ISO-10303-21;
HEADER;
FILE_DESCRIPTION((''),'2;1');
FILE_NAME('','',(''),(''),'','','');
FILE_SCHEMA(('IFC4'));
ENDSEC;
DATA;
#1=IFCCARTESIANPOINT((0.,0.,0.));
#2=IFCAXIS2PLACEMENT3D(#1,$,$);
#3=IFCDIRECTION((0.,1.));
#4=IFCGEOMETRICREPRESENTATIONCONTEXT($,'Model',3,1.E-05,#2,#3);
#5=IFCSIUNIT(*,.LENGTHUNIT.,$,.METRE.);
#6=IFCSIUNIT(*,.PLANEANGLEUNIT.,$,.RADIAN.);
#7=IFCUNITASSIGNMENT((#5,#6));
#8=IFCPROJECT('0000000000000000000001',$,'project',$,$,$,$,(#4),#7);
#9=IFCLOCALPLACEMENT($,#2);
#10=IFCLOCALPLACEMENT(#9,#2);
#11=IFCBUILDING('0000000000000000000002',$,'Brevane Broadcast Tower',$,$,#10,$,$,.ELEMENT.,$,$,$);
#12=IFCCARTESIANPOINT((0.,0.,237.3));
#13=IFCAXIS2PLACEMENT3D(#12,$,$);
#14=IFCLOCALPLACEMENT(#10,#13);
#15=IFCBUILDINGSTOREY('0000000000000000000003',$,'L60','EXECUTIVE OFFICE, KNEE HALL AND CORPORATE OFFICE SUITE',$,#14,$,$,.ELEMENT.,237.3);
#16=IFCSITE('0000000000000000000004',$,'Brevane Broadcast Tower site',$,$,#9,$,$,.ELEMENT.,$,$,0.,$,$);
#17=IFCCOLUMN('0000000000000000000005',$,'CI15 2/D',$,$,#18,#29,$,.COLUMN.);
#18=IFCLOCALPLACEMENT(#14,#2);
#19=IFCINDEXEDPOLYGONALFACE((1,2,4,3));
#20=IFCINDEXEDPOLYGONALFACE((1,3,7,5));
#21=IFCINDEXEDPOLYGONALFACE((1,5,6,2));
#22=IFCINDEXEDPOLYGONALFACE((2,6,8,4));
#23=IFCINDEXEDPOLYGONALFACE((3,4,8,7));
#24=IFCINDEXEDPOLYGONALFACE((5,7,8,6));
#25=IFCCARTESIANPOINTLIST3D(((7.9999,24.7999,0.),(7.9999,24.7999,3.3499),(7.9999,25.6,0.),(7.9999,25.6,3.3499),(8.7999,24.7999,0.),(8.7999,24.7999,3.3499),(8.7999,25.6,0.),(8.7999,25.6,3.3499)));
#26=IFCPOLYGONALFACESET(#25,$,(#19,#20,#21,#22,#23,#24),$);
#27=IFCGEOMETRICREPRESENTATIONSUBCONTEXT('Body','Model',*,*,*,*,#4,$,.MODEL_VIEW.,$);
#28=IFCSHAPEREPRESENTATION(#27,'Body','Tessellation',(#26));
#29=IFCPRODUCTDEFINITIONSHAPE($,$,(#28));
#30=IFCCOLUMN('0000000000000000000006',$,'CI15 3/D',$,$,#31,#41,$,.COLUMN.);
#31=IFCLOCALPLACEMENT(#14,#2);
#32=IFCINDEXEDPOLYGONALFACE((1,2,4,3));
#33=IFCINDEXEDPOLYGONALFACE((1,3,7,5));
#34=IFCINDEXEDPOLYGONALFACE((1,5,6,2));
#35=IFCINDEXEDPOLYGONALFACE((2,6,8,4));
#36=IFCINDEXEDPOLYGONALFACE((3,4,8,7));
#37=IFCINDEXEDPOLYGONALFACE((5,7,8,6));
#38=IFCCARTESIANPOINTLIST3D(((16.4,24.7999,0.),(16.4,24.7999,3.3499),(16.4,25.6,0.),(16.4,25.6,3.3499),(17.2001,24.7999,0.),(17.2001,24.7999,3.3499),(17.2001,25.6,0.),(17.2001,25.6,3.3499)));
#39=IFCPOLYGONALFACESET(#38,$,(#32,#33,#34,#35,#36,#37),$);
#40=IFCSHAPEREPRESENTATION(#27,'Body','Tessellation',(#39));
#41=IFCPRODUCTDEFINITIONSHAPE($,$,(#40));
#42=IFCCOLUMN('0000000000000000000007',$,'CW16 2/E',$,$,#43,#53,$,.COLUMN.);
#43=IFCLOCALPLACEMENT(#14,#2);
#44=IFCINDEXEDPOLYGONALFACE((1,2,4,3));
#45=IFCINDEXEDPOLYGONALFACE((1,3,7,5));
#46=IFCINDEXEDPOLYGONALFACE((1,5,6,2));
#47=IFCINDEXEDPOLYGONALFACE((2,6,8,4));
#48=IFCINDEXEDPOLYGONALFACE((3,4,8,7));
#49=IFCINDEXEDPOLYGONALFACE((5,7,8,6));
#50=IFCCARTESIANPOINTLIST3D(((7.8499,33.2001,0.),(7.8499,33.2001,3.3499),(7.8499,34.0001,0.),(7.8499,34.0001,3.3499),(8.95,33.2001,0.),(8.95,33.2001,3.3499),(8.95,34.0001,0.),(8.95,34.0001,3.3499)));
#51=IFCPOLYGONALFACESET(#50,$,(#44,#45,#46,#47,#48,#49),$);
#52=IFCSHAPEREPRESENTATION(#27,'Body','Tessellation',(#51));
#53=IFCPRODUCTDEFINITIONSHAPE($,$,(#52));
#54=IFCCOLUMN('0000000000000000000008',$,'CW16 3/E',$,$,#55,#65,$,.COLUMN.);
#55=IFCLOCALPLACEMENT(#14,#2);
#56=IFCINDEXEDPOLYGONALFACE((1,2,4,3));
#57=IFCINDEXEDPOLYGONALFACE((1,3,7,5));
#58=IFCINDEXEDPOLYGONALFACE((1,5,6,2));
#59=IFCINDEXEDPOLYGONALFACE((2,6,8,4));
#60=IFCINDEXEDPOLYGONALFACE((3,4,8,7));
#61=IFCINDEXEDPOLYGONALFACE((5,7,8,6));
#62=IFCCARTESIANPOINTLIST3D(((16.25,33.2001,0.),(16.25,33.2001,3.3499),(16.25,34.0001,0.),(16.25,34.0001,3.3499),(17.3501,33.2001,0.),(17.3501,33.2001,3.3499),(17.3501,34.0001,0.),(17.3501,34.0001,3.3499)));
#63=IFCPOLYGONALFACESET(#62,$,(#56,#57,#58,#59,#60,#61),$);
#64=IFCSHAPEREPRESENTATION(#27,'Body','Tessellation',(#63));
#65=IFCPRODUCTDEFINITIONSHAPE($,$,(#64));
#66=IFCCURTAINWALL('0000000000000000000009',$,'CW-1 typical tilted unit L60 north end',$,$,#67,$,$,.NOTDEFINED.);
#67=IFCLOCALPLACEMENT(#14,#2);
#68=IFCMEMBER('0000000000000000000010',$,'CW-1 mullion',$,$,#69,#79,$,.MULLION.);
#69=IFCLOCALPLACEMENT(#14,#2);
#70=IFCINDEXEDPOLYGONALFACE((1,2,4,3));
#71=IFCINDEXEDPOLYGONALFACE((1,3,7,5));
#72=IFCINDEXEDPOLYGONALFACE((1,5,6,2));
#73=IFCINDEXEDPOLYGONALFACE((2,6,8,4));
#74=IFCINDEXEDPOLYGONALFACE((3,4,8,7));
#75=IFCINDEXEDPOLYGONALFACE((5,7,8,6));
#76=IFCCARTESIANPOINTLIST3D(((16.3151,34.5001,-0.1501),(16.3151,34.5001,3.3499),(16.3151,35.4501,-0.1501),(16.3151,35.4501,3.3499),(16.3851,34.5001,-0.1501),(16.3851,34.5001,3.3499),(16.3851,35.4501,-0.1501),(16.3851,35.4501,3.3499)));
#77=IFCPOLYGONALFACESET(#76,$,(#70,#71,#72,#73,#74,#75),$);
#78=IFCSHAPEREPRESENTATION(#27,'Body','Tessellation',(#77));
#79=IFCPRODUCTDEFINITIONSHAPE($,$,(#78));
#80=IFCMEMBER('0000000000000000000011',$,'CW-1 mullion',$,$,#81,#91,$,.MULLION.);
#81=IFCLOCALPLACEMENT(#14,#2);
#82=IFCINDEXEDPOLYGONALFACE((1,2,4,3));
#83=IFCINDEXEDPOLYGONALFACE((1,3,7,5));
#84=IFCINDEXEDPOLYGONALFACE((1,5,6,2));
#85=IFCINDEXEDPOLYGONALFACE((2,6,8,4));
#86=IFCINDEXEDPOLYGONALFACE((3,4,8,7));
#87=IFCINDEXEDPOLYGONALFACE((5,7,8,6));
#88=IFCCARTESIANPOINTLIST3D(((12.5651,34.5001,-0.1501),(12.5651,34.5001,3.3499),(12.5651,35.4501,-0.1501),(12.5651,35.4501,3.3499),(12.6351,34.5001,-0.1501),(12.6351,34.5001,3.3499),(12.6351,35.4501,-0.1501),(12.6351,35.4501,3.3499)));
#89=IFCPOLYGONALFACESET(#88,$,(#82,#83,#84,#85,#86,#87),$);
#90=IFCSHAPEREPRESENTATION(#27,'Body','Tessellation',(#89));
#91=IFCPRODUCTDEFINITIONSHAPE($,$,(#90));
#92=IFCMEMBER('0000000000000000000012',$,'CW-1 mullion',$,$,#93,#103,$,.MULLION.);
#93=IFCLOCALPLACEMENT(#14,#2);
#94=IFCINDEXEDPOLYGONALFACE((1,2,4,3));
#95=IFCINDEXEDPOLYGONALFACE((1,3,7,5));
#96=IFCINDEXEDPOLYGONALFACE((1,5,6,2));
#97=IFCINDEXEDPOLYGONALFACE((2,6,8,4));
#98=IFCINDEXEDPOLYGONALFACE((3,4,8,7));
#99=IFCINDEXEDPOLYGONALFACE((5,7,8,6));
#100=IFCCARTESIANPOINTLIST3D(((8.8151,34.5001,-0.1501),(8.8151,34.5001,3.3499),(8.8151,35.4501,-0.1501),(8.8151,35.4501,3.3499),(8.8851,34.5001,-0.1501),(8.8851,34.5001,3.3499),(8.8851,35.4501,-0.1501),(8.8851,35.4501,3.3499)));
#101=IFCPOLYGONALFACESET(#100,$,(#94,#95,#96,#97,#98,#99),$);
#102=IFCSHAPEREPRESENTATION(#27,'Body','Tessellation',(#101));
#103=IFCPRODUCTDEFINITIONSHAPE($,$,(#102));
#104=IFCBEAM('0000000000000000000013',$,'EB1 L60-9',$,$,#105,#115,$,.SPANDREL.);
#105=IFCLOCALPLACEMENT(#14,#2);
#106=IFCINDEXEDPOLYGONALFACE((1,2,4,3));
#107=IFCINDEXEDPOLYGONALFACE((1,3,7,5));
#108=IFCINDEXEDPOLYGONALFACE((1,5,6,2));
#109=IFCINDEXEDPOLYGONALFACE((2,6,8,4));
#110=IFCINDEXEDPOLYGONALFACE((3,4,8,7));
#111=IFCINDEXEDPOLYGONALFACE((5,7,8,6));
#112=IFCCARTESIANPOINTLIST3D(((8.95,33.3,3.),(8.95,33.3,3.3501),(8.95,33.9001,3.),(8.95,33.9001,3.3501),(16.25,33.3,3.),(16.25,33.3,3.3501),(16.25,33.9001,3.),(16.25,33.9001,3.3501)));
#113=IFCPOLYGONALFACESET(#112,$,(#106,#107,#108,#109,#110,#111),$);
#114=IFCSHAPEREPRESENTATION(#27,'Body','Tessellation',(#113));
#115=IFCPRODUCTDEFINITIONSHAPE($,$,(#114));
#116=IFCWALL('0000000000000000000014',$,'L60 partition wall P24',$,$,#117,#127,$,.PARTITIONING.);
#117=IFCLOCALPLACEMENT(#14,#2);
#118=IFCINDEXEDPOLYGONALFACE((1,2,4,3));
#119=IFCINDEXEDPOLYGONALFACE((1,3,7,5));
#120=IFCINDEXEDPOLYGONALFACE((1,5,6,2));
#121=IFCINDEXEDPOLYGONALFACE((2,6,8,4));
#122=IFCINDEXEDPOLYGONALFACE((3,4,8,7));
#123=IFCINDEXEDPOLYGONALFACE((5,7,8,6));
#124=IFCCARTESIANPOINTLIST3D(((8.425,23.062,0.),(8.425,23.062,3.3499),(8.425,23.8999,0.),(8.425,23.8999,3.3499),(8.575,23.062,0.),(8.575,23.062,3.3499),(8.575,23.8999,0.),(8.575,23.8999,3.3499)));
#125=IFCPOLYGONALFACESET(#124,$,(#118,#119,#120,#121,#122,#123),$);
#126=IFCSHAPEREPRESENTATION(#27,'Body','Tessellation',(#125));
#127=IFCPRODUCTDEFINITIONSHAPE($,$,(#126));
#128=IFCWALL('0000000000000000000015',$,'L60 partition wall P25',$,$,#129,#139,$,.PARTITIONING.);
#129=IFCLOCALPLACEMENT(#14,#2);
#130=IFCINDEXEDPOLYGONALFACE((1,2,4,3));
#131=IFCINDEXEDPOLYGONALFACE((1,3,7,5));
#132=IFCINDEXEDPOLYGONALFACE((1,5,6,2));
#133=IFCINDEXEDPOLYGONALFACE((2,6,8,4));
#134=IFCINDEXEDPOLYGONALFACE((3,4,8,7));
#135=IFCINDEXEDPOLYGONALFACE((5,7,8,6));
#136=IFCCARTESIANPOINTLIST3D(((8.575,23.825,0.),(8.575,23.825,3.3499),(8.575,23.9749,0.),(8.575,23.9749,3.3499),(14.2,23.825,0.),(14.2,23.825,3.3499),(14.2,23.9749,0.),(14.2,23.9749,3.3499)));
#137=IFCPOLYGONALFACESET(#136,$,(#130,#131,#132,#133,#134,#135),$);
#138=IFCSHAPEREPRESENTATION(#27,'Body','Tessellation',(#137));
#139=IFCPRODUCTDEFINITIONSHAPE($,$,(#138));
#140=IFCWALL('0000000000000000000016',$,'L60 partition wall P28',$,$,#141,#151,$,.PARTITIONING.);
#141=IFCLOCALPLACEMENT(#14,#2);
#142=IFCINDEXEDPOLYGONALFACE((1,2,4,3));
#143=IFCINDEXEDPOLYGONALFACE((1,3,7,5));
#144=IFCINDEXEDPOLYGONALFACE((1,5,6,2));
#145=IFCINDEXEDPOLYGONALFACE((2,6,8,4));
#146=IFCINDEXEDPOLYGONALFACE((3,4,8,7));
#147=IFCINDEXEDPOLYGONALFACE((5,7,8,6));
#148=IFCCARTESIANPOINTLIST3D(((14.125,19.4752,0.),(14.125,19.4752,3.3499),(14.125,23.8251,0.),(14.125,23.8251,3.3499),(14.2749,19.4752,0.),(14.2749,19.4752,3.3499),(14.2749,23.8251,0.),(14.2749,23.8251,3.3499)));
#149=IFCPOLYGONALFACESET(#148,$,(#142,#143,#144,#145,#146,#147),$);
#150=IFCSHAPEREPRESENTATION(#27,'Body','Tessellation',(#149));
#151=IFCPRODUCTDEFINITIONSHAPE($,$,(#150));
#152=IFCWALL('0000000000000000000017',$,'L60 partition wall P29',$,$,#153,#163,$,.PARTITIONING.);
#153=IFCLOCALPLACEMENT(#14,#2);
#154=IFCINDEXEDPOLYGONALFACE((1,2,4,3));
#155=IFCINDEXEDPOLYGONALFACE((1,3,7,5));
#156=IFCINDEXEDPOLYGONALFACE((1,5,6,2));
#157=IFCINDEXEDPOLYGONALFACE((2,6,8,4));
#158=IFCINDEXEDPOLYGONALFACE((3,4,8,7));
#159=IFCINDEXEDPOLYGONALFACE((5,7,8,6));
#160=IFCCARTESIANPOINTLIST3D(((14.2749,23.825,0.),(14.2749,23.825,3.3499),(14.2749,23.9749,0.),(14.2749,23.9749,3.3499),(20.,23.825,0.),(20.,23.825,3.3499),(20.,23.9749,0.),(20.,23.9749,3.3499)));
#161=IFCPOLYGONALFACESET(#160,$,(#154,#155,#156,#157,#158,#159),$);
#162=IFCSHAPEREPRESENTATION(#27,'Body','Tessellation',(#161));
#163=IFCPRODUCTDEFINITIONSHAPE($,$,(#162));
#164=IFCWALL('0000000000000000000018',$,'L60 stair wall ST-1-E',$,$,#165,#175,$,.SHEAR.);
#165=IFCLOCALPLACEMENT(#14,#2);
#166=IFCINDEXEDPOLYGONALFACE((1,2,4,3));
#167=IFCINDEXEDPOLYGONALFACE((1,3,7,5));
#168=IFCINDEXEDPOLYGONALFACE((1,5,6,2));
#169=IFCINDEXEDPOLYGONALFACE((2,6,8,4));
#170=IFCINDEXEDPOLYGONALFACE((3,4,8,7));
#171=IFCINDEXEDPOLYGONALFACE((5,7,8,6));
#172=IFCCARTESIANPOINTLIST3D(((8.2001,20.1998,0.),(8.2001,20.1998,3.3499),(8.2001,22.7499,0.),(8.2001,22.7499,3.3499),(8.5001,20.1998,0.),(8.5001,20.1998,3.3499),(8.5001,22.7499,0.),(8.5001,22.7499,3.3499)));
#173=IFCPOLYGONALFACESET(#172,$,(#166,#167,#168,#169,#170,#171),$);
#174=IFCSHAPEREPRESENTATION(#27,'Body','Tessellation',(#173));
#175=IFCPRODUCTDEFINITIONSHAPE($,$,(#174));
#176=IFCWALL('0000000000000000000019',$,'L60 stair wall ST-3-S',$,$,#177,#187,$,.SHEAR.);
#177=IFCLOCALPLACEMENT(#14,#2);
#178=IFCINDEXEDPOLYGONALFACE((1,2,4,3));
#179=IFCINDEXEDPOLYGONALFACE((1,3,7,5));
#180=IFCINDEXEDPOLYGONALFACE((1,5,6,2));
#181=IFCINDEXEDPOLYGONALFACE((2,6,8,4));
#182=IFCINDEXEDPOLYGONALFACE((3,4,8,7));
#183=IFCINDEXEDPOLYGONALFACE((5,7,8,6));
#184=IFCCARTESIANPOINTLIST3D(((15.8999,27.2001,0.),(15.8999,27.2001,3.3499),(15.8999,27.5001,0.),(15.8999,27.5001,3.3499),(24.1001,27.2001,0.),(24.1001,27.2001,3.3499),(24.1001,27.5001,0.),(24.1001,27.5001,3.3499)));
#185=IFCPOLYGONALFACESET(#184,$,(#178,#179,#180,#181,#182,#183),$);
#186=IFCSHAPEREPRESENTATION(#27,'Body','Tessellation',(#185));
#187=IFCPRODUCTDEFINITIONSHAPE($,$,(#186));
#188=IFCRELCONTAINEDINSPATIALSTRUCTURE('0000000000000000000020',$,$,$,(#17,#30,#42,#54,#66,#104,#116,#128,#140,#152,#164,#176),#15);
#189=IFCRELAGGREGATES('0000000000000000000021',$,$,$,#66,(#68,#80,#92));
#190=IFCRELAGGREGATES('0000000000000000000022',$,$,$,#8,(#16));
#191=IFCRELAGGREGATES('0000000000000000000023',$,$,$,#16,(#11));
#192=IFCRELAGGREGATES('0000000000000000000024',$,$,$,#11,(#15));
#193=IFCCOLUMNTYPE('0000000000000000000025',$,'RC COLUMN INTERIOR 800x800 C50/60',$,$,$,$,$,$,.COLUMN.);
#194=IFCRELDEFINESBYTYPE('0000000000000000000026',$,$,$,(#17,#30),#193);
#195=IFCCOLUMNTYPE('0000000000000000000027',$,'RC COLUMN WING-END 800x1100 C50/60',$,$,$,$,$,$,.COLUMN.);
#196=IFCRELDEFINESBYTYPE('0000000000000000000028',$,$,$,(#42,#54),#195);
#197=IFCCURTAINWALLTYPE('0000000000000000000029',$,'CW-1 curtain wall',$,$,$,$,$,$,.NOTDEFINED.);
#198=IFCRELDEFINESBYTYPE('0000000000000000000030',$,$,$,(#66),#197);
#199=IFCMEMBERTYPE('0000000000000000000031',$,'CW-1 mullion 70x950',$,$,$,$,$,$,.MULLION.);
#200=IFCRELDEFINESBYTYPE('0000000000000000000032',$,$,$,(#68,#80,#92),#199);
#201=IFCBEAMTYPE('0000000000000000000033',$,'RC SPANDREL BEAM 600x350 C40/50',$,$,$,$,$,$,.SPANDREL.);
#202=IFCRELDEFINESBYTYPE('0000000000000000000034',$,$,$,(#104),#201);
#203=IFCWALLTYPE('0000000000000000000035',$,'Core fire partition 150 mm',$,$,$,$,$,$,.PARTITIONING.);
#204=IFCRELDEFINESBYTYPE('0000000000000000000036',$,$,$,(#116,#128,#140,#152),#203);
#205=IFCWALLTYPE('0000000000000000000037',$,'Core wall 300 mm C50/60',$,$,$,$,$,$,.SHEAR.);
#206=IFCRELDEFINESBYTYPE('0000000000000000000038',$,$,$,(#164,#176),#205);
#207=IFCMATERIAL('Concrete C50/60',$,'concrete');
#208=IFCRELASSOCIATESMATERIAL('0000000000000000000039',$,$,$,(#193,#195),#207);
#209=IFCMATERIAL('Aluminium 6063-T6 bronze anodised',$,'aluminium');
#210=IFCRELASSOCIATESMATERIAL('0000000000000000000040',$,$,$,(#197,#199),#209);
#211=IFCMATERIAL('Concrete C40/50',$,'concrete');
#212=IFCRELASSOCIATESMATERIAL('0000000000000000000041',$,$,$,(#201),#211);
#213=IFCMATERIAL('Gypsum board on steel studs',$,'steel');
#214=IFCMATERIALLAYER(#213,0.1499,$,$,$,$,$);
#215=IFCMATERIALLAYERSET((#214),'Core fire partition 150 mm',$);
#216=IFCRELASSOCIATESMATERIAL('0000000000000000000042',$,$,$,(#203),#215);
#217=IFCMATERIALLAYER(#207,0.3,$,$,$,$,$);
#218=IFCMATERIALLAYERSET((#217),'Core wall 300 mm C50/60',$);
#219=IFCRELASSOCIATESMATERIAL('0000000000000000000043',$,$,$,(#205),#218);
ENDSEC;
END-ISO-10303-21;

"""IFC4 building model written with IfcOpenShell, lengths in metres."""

from ifc_helpers import new_model, si_unit, direction, frame, frame_2d, origin, origin_2d, place, context, subcontext, project, spatial, rectangle, extrude, material, layer, layer_set, material_profile, profile_set, type_object, element, aggregate, save


model = new_model("IFC4")

# Units and contexts
model_context = context("Model", 3, precision=1e-05, world=origin(), true_north=direction((0.0, 1.0)))
body_context = subcontext(model_context, "Body", "Model", "MODEL_VIEW")
ifc_project = project(units=[si_unit("LENGTHUNIT", "METRE"), si_unit("PLANEANGLEUNIT", "RADIAN")], contexts=[model_context])

# Site, building, storey
site_placement = place(None, origin())
site = spatial("IfcSite", under=ifc_project, at=site_placement, Name="Brevane Broadcast Tower site", CompositionType="ELEMENT", RefElevation=0.0)
building_placement = place(site_placement, origin())
building = spatial("IfcBuilding", under=site, at=building_placement, Name="Brevane Broadcast Tower", CompositionType="ELEMENT")
storey_placement = place(building_placement, frame((0.0, 0.0, 237.3)))
storey = spatial("IfcBuildingStorey", under=building, at=storey_placement, Name="L60", Description="EXECUTIVE OFFICE, KNEE HALL AND CORPORATE OFFICE SUITE", CompositionType="ELEMENT", Elevation=237.3)

# Columns
ifc_material_1 = material(Name="Concrete C50/60", Category="concrete")
ifc_material_profile_1 = material_profile(ifc_material_1, rectangle(XDim=0.8, YDim=0.8, at=origin_2d()), Name="RC 800x800")
ifc_profile_set_1 = profile_set([ifc_material_profile_1], Name="Concrete C50/60")
column_type_1 = type_object("IfcColumnType", Name="RC COLUMN INTERIOR 800x800 C50/60", PredefinedType="COLUMN", material=ifc_profile_set_1)
for number, where, z_axis, x_axis, name in (
    (1, (8.3999, 25.2, 0.0), (0.0, 0.0, 1.0), (1.0, 0.0, 0.0), "CI15 2/D"),
    (2, (16.8, 25.2, 0.0), (0.0, 0.0, 1.0), (1.0, 0.0, 0.0), "CI15 3/D"),
):
    element("IfcColumn", number, at=place(storey_placement, frame(where, z_axis=z_axis, x_axis=x_axis)), inside=storey, type_object=column_type_1, Name=name, PredefinedType="COLUMN", context=body_context, shape_type="SweptSolid", body=[
        extrude(rectangle(XDim=0.8, YDim=0.8, at=origin_2d()), origin(), (0.0, 0.0, 1.0), 3.3499),
    ])
ifc_material_profile_2 = material_profile(ifc_material_1, rectangle(XDim=0.8, YDim=1.1001, at=origin_2d()), Name="RC 800x1100")
ifc_profile_set_2 = profile_set([ifc_material_profile_2], Name="Concrete C50/60")
column_type_2 = type_object("IfcColumnType", Name="RC COLUMN WING-END 800x1100 C50/60", PredefinedType="COLUMN", material=ifc_profile_set_2)
for number, where, z_axis, x_axis, name in (
    (3, (8.3999, 33.6001, 0.0), (0.0, 0.0, 1.0), (0.0, 1.0, 0.0), "CW16 2/E"),
    (4, (16.8, 33.6001, 0.0), (0.0, 0.0, 1.0), (0.0, 1.0, 0.0), "CW16 3/E"),
):
    element("IfcColumn", number, at=place(storey_placement, frame(where, z_axis=z_axis, x_axis=x_axis)), inside=storey, type_object=column_type_2, Name=name, PredefinedType="COLUMN", context=body_context, shape_type="SweptSolid", body=[
        extrude(rectangle(XDim=0.8, YDim=1.1001, at=origin_2d()), origin(), (0.0, 0.0, 1.0), 3.3499),
    ])

# Curtain wall, members
ifc_material_2 = material(Name="Aluminium 6063-T6 bronze anodised", Category="aluminium")
curtain_wall_type = type_object("IfcCurtainWallType", Name="CW-1 curtain wall", PredefinedType="NOTDEFINED", material=ifc_material_2)
curtain_wall_placement = place(storey_placement, origin())
curtain_wall = element("IfcCurtainWall", 5, at=curtain_wall_placement, inside=storey, type_object=curtain_wall_type, Name="CW-1 typical tilted unit L60 north end", PredefinedType="NOTDEFINED")
ifc_material_profile_3 = material_profile(ifc_material_2, rectangle(XDim=0.95, YDim=0.0701, at=origin_2d()), Name="RECT 70x950")
ifc_profile_set_3 = profile_set([ifc_material_profile_3], Name="Aluminium 6063-T6 bronze anodised")
member_type = type_object("IfcMemberType", Name="CW-1 mullion 70x950", PredefinedType="MULLION", material=ifc_profile_set_3)
member_1_placement = place(storey_placement, frame((16.3501, 34.9751, -0.1501), z_axis=(0.0, 0.0, 1.0), x_axis=(0.0, -1.0, 0.0)))
member_1 = element("IfcMember", 6, at=member_1_placement, type_object=member_type, Name="CW-1 mullion", PredefinedType="MULLION", context=body_context, shape_type="SweptSolid", body=[
    extrude(rectangle(XDim=0.95, YDim=0.0701, at=origin_2d()), origin(), (0.0, 0.0, 1.0), 3.5),
])
member_2_placement = place(storey_placement, frame((12.6001, 34.9751, -0.1501), z_axis=(0.0, 0.0, 1.0), x_axis=(0.0, -1.0, 0.0)))
member_2 = element("IfcMember", 7, at=member_2_placement, type_object=member_type, Name="CW-1 mullion", PredefinedType="MULLION", context=body_context, shape_type="SweptSolid", body=[
    extrude(rectangle(XDim=0.95, YDim=0.0701, at=origin_2d()), origin(), (0.0, 0.0, 1.0), 3.5),
])
member_3_placement = place(storey_placement, frame((8.8501, 34.9751, -0.1501), z_axis=(0.0, 0.0, 1.0), x_axis=(0.0, -1.0, 0.0)))
member_3 = element("IfcMember", 8, at=member_3_placement, type_object=member_type, Name="CW-1 mullion", PredefinedType="MULLION", context=body_context, shape_type="SweptSolid", body=[
    extrude(rectangle(XDim=0.95, YDim=0.0701, at=origin_2d()), origin(), (0.0, 0.0, 1.0), 3.5),
])
aggregate(curtain_wall, [member_1, member_2, member_3])

# Beam
ifc_material_3 = material(Name="Concrete C40/50", Category="concrete")
ifc_material_profile_4 = material_profile(ifc_material_3, rectangle(XDim=0.6001, YDim=0.3501, at=origin_2d()), Name="RC 600x350")
ifc_profile_set_4 = profile_set([ifc_material_profile_4], Name="Concrete C40/50")
beam_type = type_object("IfcBeamType", Name="RC SPANDREL BEAM 600x350 C40/50", PredefinedType="SPANDREL", material=ifc_profile_set_4)
beam_placement = place(storey_placement, frame((16.25, 33.6001, 3.175), z_axis=(-1.0, 0.0, 0.0), x_axis=(0.0, -1.0, 0.0)))
element("IfcBeam", 9, at=beam_placement, inside=storey, type_object=beam_type, Name="EB1 L60-9", PredefinedType="SPANDREL", context=body_context, shape_type="SweptSolid", body=[
    extrude(rectangle(XDim=0.6001, YDim=0.3501, at=origin_2d()), origin(), (0.0, 0.0, 1.0), 7.3),
])

# Walls
ifc_material_4 = material(Name="Gypsum board on steel studs", Category="steel")
ifc_layer_1 = layer(ifc_material_4, 0.1499)
ifc_layer_set_1 = layer_set([ifc_layer_1], Name="Core fire partition 150 mm")
wall_type_1 = type_object("IfcWallType", Name="Core fire partition 150 mm", PredefinedType="PARTITIONING", material=ifc_layer_set_1)
wall_1_placement = place(storey_placement, frame((8.5, 23.062, 0.0), z_axis=(0.0, 0.0, 1.0), x_axis=(0.0, 1.0, 0.0)))
element("IfcWall", 10, at=wall_1_placement, inside=storey, type_object=wall_type_1, Name="L60 partition wall P24", PredefinedType="PARTITIONING", context=body_context, shape_type="SweptSolid", body=[
    extrude(rectangle(XDim=0.8379, YDim=0.1499, at=frame_2d((0.4189, 0.0))), origin(), (0.0, 0.0, 1.0), 3.3499),
])
wall_2_placement = place(storey_placement, frame((8.575, 23.8999, 0.0), z_axis=(0.0, 0.0, 1.0), x_axis=(1.0, 0.0, 0.0)))
element("IfcWall", 11, at=wall_2_placement, inside=storey, type_object=wall_type_1, Name="L60 partition wall P25", PredefinedType="PARTITIONING", context=body_context, shape_type="SweptSolid", body=[
    extrude(rectangle(XDim=5.625, YDim=0.1499, at=frame_2d((2.8125, 0.0))), origin(), (0.0, 0.0, 1.0), 3.3499),
])
wall_3_placement = place(storey_placement, frame((14.2, 23.825, 0.0), z_axis=(0.0, 0.0, 1.0), x_axis=(0.0, -1.0, 0.0)))
element("IfcWall", 12, at=wall_3_placement, inside=storey, type_object=wall_type_1, Name="L60 partition wall P28", PredefinedType="PARTITIONING", context=body_context, shape_type="SweptSolid", body=[
    extrude(rectangle(XDim=4.3499, YDim=0.1499, at=frame_2d((2.1748, 0.0))), origin(), (0.0, 0.0, 1.0), 3.3499),
])
wall_4_placement = place(storey_placement, frame((14.2749, 23.8999, 0.0), z_axis=(0.0, 0.0, 1.0), x_axis=(1.0, 0.0, 0.0)))
element("IfcWall", 13, at=wall_4_placement, inside=storey, type_object=wall_type_1, Name="L60 partition wall P29", PredefinedType="PARTITIONING", context=body_context, shape_type="SweptSolid", body=[
    extrude(rectangle(XDim=5.7251, YDim=0.1499, at=frame_2d((2.8625, 0.0))), origin(), (0.0, 0.0, 1.0), 3.3499),
])
ifc_layer_2 = layer(ifc_material_1, 0.3)
ifc_layer_set_2 = layer_set([ifc_layer_2], Name="Core wall 300 mm C50/60")
wall_type_2 = type_object("IfcWallType", Name="Core wall 300 mm C50/60", PredefinedType="SHEAR", material=ifc_layer_set_2)
wall_5_placement = place(storey_placement, frame((8.3501, 20.2, 0.0), z_axis=(0.0, 0.0, 1.0), x_axis=(0.0, 1.0, 0.0)))
element("IfcWall", 14, at=wall_5_placement, inside=storey, type_object=wall_type_2, Name="L60 stair wall ST-1-E", PredefinedType="SHEAR", context=body_context, shape_type="SweptSolid", body=[
    extrude(rectangle(XDim=2.55, YDim=0.3, at=frame_2d((1.2749, 0.0))), origin(), (0.0, 0.0, 1.0), 3.3499),
])
for number, where, z_axis, x_axis, name in (
    (15, (15.8999, 27.3501, 0.0), (0.0, 0.0, 1.0), (1.0, 0.0, 0.0), "L60 stair wall ST-3-S"),
):
    element("IfcWall", number, at=place(storey_placement, frame(where, z_axis=z_axis, x_axis=x_axis)), inside=storey, type_object=wall_type_2, Name=name, PredefinedType="SHEAR", context=body_context, shape_type="SweptSolid", body=[
        extrude(rectangle(XDim=8.2002, YDim=0.3, at=frame_2d((4.1001, 0.0))), origin(), (0.0, 0.0, 1.0), 3.3499),
    ])

save(model, "model.ifc")
